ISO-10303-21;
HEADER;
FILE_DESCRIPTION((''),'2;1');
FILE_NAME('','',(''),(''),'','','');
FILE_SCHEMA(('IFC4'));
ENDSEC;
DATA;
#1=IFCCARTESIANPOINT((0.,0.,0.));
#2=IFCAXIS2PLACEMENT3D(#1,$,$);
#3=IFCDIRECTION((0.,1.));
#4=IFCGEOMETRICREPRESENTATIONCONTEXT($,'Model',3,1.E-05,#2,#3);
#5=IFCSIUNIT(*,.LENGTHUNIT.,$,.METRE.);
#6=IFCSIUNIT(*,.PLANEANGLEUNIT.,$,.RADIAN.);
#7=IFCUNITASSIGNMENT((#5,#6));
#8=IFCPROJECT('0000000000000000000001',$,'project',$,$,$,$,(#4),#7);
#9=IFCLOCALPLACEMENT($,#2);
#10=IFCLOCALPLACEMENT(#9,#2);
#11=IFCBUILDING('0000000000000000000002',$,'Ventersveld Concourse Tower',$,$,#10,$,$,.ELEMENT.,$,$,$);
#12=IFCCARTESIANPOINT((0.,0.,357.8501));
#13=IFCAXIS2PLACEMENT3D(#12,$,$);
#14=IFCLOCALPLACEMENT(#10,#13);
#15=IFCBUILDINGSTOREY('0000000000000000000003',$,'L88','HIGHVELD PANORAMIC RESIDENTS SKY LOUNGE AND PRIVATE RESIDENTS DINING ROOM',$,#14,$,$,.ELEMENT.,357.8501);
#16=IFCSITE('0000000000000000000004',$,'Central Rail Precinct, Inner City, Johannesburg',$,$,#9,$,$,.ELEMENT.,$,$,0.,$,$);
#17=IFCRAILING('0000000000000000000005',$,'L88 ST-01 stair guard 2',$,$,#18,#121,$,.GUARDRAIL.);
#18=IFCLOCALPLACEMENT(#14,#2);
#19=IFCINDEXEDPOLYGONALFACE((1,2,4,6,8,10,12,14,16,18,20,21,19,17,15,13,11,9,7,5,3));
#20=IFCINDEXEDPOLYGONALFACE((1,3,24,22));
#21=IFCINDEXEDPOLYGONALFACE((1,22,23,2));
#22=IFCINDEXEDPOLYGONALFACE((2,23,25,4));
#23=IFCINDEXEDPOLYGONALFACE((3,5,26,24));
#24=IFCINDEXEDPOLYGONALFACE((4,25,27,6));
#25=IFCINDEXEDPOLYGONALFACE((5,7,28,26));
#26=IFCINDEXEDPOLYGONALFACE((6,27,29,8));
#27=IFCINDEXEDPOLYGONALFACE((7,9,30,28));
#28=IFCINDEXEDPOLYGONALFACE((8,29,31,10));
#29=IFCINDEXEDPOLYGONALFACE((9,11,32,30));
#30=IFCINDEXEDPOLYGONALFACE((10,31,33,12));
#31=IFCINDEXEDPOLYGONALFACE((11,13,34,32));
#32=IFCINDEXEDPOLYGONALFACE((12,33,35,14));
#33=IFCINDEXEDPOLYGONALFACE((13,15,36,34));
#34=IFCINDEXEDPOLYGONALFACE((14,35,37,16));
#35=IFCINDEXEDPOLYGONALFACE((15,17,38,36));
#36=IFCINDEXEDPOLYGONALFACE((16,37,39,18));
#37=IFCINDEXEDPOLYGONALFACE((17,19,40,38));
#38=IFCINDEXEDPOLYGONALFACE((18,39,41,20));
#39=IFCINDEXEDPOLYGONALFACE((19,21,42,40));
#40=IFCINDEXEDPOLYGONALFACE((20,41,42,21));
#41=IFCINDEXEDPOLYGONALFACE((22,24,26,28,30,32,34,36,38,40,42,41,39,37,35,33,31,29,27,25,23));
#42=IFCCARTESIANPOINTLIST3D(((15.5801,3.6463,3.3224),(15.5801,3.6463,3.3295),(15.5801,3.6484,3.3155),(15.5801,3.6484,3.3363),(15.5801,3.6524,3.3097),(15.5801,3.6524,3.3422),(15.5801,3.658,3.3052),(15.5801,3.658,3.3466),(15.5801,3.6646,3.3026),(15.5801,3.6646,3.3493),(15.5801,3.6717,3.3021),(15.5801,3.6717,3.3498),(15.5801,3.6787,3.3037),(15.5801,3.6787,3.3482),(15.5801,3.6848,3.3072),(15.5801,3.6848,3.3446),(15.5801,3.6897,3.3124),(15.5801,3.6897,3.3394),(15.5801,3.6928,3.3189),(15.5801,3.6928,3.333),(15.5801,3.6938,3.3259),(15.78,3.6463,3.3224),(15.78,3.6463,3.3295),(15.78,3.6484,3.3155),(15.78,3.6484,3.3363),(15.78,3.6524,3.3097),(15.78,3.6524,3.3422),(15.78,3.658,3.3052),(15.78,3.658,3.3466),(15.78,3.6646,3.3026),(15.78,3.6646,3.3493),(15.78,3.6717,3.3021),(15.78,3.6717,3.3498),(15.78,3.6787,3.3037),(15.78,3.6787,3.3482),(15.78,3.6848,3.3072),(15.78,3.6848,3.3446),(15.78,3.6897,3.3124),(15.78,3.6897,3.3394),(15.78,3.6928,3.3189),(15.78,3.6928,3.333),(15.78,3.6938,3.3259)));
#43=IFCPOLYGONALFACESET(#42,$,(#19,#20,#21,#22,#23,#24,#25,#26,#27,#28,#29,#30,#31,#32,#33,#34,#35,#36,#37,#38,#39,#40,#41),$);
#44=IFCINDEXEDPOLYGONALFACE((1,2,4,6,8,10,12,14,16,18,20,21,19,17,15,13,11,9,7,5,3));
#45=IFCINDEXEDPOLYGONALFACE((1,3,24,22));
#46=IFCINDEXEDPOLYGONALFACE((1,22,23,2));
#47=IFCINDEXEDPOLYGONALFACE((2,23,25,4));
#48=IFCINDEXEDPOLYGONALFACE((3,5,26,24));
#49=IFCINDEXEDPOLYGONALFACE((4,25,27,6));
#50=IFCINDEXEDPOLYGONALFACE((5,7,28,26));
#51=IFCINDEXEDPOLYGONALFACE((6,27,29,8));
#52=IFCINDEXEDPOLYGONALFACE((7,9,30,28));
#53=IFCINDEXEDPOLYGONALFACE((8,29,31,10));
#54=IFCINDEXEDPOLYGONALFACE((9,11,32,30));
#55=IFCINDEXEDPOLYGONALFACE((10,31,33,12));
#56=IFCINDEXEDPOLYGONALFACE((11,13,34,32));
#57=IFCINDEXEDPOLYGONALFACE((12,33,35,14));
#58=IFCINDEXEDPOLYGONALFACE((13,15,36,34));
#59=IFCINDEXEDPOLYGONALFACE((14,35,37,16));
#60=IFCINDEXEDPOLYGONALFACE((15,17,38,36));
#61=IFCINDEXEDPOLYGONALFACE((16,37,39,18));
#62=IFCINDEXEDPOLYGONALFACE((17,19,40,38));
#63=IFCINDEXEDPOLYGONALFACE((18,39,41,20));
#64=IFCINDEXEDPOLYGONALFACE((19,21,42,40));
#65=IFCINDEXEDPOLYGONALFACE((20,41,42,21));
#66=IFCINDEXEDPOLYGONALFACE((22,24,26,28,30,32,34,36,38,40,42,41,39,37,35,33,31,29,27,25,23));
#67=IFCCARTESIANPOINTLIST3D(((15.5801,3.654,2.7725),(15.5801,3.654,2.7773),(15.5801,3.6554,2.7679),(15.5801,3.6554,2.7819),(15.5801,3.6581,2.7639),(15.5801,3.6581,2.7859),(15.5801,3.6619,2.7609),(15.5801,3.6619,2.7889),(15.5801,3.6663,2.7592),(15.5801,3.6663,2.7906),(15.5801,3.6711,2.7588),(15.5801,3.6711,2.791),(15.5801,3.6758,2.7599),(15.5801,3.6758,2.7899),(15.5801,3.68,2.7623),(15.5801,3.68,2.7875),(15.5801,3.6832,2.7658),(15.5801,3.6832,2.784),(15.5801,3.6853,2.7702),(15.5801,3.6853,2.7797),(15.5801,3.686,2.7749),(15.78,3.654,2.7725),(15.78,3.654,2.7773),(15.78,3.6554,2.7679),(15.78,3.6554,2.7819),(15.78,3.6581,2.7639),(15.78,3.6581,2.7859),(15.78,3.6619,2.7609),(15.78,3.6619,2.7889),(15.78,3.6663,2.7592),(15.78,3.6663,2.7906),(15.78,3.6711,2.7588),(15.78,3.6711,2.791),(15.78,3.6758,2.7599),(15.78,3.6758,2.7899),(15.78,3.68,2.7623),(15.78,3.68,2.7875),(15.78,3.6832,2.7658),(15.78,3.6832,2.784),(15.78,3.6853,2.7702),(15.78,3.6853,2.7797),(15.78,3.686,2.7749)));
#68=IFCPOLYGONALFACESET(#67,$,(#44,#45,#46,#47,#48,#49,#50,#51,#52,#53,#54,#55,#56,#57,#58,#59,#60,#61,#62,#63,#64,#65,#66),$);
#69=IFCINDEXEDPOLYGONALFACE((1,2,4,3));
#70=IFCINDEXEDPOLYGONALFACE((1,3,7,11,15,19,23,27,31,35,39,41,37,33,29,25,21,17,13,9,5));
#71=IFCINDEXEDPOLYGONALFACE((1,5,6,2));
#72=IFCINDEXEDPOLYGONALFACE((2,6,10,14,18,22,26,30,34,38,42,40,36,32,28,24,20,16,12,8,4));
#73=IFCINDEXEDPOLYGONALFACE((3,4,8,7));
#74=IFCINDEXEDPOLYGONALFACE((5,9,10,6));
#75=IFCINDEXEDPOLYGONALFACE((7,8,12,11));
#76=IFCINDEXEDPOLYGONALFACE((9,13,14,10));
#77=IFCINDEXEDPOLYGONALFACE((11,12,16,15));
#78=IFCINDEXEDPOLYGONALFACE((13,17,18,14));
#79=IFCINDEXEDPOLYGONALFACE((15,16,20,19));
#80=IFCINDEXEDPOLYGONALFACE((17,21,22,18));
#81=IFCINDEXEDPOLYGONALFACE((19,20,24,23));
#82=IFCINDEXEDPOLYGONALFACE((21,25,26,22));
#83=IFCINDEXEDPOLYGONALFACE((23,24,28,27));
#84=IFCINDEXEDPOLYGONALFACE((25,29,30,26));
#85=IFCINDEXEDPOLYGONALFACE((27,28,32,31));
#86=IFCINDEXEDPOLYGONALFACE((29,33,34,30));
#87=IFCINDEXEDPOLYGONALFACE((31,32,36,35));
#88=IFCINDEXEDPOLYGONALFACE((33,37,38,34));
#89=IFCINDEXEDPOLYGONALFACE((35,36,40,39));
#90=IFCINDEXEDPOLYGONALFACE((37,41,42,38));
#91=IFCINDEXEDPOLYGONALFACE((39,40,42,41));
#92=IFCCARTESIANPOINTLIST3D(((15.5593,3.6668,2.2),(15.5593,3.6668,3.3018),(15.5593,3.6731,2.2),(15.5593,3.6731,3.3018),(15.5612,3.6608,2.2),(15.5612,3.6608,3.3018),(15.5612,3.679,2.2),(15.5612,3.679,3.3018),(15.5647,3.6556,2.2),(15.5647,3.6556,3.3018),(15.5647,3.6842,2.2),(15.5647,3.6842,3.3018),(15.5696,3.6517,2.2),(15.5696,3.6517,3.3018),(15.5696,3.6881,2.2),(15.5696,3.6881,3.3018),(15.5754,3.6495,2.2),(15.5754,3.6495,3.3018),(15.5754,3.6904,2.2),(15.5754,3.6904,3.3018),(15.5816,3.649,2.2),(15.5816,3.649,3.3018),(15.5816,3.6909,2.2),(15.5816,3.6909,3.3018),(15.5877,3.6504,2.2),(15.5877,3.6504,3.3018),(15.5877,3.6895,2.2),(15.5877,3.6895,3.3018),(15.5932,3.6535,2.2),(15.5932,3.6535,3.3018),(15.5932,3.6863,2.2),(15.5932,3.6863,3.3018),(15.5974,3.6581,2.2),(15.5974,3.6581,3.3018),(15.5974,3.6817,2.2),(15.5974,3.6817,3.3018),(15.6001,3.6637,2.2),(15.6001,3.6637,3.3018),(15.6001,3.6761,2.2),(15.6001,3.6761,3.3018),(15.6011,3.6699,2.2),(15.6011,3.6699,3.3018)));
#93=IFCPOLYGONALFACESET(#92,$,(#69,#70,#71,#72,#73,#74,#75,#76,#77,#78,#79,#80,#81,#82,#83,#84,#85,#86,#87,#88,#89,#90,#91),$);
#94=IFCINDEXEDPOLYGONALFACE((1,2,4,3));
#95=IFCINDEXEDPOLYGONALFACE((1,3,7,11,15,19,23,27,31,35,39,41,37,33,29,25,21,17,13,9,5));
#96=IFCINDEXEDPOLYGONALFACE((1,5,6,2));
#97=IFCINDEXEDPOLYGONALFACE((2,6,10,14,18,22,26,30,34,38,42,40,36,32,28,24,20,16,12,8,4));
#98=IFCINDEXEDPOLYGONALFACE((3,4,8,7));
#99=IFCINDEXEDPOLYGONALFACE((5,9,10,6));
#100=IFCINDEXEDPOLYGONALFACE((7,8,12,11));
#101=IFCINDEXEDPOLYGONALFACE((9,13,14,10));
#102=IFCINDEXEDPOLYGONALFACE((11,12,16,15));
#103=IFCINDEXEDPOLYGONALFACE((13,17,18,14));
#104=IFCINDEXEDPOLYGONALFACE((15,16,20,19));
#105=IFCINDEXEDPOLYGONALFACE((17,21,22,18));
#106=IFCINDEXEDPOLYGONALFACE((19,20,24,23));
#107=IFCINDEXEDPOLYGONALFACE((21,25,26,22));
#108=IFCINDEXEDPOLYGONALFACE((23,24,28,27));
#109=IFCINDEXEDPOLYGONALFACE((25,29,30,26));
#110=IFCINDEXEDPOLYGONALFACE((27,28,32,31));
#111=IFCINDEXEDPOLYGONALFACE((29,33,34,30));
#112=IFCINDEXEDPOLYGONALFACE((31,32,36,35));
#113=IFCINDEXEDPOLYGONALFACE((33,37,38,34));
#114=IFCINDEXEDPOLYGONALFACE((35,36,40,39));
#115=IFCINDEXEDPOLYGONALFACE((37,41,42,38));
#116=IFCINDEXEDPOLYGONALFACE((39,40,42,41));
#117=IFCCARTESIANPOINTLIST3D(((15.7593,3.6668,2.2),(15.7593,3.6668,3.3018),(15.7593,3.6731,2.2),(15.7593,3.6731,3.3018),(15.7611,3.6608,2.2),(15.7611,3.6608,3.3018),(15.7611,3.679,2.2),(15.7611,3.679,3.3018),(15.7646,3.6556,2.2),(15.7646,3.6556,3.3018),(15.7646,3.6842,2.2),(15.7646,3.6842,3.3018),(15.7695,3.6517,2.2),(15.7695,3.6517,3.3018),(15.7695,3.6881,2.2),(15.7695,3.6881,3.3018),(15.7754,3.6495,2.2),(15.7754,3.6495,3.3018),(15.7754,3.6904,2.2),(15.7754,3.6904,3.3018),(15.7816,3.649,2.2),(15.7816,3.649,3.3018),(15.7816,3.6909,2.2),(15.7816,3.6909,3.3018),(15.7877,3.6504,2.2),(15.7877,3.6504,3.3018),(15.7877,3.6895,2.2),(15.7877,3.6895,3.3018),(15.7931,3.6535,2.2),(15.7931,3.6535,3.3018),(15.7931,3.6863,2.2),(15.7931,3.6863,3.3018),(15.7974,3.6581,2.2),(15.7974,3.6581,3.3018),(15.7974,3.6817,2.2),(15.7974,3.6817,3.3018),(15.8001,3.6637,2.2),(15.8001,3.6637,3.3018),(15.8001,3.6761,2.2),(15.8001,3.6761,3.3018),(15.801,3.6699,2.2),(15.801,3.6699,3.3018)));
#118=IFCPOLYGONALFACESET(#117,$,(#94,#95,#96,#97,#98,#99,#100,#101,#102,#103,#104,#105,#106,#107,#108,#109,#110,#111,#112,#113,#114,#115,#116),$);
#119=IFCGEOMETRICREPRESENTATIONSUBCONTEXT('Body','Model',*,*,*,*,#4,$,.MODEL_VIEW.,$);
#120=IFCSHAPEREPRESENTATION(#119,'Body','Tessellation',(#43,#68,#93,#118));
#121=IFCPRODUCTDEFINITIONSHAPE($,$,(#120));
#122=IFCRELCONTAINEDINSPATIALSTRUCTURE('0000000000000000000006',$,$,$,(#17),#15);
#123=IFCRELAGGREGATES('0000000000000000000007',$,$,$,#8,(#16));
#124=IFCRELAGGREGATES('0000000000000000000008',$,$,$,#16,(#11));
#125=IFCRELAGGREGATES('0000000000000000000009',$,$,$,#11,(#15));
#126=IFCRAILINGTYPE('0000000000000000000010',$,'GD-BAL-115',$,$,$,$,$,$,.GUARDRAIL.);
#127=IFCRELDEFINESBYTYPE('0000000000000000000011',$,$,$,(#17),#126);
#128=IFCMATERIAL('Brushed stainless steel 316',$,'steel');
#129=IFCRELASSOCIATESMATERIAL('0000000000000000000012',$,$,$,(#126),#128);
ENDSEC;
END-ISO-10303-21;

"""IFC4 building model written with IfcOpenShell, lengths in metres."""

from ifc_helpers import new_model, si_unit, direction, frame, origin, origin_2d, place, context, subcontext, project, spatial, circle, extrude, material, type_object, element, save


model = new_model("IFC4")

# Units and contexts
model_context = context("Model", 3, precision=1e-05, world=origin(), true_north=direction((0.0, 1.0)))
body_context = subcontext(model_context, "Body", "Model", "MODEL_VIEW")
ifc_project = project(units=[si_unit("LENGTHUNIT", "METRE"), si_unit("PLANEANGLEUNIT", "RADIAN")], contexts=[model_context])

# Site, building, storey
site_placement = place(None, origin())
site = spatial("IfcSite", under=ifc_project, at=site_placement, Name="Central Rail Precinct, Inner City, Johannesburg", CompositionType="ELEMENT", RefElevation=0.0)
building_placement = place(site_placement, origin())
building = spatial("IfcBuilding", under=site, at=building_placement, Name="Ventersveld Concourse Tower", CompositionType="ELEMENT")
storey_placement = place(building_placement, frame((0.0, 0.0, 357.8501)))
storey = spatial("IfcBuildingStorey", under=building, at=storey_placement, Name="L88", Description="HIGHVELD PANORAMIC RESIDENTS SKY LOUNGE AND PRIVATE RESIDENTS DINING ROOM", CompositionType="ELEMENT", Elevation=357.8501)

# Shared definitions
ifc_material_1 = material(Name="Brushed stainless steel 316", Category="steel")

# Railing
railing_type_1 = type_object("IfcRailingType", Name="GD-BAL-115", PredefinedType="GUARDRAIL", material=ifc_material_1)
railing_1_placement = place(storey_placement, frame((15.5801, 3.6699, 2.2)))
element("IfcRailing", 1, at=railing_1_placement, inside=storey, type_object=railing_type_1, Name="L88 ST-01 stair guard 2", PredefinedType="GUARDRAIL", context=body_context, shape_type="SweptSolid", body=[
    extrude(circle(Radius=0.0239, at=origin_2d()), frame((0.0, 0.0, 1.126), z_axis=(1.0, 0.0, 0.0), x_axis=(0.0, 1.0, 0.0)), (0.0, 0.0, 1.0), 0.2),
    extrude(circle(Radius=0.0161, at=origin_2d()), frame((0.0, 0.0, 0.575), z_axis=(1.0, 0.0, 0.0), x_axis=(0.0, 1.0, 0.0)), (0.0, 0.0, 1.0), 0.2),
    extrude(circle(Radius=0.021, at=origin_2d()), origin(), (0.0, 0.0, 1.0), 1.1018),
    extrude(circle(Radius=0.021, at=origin_2d()), frame((0.2, 0.0, 0.0)), (0.0, 0.0, 1.0), 1.1018),
])

save(model, "model.ifc")
